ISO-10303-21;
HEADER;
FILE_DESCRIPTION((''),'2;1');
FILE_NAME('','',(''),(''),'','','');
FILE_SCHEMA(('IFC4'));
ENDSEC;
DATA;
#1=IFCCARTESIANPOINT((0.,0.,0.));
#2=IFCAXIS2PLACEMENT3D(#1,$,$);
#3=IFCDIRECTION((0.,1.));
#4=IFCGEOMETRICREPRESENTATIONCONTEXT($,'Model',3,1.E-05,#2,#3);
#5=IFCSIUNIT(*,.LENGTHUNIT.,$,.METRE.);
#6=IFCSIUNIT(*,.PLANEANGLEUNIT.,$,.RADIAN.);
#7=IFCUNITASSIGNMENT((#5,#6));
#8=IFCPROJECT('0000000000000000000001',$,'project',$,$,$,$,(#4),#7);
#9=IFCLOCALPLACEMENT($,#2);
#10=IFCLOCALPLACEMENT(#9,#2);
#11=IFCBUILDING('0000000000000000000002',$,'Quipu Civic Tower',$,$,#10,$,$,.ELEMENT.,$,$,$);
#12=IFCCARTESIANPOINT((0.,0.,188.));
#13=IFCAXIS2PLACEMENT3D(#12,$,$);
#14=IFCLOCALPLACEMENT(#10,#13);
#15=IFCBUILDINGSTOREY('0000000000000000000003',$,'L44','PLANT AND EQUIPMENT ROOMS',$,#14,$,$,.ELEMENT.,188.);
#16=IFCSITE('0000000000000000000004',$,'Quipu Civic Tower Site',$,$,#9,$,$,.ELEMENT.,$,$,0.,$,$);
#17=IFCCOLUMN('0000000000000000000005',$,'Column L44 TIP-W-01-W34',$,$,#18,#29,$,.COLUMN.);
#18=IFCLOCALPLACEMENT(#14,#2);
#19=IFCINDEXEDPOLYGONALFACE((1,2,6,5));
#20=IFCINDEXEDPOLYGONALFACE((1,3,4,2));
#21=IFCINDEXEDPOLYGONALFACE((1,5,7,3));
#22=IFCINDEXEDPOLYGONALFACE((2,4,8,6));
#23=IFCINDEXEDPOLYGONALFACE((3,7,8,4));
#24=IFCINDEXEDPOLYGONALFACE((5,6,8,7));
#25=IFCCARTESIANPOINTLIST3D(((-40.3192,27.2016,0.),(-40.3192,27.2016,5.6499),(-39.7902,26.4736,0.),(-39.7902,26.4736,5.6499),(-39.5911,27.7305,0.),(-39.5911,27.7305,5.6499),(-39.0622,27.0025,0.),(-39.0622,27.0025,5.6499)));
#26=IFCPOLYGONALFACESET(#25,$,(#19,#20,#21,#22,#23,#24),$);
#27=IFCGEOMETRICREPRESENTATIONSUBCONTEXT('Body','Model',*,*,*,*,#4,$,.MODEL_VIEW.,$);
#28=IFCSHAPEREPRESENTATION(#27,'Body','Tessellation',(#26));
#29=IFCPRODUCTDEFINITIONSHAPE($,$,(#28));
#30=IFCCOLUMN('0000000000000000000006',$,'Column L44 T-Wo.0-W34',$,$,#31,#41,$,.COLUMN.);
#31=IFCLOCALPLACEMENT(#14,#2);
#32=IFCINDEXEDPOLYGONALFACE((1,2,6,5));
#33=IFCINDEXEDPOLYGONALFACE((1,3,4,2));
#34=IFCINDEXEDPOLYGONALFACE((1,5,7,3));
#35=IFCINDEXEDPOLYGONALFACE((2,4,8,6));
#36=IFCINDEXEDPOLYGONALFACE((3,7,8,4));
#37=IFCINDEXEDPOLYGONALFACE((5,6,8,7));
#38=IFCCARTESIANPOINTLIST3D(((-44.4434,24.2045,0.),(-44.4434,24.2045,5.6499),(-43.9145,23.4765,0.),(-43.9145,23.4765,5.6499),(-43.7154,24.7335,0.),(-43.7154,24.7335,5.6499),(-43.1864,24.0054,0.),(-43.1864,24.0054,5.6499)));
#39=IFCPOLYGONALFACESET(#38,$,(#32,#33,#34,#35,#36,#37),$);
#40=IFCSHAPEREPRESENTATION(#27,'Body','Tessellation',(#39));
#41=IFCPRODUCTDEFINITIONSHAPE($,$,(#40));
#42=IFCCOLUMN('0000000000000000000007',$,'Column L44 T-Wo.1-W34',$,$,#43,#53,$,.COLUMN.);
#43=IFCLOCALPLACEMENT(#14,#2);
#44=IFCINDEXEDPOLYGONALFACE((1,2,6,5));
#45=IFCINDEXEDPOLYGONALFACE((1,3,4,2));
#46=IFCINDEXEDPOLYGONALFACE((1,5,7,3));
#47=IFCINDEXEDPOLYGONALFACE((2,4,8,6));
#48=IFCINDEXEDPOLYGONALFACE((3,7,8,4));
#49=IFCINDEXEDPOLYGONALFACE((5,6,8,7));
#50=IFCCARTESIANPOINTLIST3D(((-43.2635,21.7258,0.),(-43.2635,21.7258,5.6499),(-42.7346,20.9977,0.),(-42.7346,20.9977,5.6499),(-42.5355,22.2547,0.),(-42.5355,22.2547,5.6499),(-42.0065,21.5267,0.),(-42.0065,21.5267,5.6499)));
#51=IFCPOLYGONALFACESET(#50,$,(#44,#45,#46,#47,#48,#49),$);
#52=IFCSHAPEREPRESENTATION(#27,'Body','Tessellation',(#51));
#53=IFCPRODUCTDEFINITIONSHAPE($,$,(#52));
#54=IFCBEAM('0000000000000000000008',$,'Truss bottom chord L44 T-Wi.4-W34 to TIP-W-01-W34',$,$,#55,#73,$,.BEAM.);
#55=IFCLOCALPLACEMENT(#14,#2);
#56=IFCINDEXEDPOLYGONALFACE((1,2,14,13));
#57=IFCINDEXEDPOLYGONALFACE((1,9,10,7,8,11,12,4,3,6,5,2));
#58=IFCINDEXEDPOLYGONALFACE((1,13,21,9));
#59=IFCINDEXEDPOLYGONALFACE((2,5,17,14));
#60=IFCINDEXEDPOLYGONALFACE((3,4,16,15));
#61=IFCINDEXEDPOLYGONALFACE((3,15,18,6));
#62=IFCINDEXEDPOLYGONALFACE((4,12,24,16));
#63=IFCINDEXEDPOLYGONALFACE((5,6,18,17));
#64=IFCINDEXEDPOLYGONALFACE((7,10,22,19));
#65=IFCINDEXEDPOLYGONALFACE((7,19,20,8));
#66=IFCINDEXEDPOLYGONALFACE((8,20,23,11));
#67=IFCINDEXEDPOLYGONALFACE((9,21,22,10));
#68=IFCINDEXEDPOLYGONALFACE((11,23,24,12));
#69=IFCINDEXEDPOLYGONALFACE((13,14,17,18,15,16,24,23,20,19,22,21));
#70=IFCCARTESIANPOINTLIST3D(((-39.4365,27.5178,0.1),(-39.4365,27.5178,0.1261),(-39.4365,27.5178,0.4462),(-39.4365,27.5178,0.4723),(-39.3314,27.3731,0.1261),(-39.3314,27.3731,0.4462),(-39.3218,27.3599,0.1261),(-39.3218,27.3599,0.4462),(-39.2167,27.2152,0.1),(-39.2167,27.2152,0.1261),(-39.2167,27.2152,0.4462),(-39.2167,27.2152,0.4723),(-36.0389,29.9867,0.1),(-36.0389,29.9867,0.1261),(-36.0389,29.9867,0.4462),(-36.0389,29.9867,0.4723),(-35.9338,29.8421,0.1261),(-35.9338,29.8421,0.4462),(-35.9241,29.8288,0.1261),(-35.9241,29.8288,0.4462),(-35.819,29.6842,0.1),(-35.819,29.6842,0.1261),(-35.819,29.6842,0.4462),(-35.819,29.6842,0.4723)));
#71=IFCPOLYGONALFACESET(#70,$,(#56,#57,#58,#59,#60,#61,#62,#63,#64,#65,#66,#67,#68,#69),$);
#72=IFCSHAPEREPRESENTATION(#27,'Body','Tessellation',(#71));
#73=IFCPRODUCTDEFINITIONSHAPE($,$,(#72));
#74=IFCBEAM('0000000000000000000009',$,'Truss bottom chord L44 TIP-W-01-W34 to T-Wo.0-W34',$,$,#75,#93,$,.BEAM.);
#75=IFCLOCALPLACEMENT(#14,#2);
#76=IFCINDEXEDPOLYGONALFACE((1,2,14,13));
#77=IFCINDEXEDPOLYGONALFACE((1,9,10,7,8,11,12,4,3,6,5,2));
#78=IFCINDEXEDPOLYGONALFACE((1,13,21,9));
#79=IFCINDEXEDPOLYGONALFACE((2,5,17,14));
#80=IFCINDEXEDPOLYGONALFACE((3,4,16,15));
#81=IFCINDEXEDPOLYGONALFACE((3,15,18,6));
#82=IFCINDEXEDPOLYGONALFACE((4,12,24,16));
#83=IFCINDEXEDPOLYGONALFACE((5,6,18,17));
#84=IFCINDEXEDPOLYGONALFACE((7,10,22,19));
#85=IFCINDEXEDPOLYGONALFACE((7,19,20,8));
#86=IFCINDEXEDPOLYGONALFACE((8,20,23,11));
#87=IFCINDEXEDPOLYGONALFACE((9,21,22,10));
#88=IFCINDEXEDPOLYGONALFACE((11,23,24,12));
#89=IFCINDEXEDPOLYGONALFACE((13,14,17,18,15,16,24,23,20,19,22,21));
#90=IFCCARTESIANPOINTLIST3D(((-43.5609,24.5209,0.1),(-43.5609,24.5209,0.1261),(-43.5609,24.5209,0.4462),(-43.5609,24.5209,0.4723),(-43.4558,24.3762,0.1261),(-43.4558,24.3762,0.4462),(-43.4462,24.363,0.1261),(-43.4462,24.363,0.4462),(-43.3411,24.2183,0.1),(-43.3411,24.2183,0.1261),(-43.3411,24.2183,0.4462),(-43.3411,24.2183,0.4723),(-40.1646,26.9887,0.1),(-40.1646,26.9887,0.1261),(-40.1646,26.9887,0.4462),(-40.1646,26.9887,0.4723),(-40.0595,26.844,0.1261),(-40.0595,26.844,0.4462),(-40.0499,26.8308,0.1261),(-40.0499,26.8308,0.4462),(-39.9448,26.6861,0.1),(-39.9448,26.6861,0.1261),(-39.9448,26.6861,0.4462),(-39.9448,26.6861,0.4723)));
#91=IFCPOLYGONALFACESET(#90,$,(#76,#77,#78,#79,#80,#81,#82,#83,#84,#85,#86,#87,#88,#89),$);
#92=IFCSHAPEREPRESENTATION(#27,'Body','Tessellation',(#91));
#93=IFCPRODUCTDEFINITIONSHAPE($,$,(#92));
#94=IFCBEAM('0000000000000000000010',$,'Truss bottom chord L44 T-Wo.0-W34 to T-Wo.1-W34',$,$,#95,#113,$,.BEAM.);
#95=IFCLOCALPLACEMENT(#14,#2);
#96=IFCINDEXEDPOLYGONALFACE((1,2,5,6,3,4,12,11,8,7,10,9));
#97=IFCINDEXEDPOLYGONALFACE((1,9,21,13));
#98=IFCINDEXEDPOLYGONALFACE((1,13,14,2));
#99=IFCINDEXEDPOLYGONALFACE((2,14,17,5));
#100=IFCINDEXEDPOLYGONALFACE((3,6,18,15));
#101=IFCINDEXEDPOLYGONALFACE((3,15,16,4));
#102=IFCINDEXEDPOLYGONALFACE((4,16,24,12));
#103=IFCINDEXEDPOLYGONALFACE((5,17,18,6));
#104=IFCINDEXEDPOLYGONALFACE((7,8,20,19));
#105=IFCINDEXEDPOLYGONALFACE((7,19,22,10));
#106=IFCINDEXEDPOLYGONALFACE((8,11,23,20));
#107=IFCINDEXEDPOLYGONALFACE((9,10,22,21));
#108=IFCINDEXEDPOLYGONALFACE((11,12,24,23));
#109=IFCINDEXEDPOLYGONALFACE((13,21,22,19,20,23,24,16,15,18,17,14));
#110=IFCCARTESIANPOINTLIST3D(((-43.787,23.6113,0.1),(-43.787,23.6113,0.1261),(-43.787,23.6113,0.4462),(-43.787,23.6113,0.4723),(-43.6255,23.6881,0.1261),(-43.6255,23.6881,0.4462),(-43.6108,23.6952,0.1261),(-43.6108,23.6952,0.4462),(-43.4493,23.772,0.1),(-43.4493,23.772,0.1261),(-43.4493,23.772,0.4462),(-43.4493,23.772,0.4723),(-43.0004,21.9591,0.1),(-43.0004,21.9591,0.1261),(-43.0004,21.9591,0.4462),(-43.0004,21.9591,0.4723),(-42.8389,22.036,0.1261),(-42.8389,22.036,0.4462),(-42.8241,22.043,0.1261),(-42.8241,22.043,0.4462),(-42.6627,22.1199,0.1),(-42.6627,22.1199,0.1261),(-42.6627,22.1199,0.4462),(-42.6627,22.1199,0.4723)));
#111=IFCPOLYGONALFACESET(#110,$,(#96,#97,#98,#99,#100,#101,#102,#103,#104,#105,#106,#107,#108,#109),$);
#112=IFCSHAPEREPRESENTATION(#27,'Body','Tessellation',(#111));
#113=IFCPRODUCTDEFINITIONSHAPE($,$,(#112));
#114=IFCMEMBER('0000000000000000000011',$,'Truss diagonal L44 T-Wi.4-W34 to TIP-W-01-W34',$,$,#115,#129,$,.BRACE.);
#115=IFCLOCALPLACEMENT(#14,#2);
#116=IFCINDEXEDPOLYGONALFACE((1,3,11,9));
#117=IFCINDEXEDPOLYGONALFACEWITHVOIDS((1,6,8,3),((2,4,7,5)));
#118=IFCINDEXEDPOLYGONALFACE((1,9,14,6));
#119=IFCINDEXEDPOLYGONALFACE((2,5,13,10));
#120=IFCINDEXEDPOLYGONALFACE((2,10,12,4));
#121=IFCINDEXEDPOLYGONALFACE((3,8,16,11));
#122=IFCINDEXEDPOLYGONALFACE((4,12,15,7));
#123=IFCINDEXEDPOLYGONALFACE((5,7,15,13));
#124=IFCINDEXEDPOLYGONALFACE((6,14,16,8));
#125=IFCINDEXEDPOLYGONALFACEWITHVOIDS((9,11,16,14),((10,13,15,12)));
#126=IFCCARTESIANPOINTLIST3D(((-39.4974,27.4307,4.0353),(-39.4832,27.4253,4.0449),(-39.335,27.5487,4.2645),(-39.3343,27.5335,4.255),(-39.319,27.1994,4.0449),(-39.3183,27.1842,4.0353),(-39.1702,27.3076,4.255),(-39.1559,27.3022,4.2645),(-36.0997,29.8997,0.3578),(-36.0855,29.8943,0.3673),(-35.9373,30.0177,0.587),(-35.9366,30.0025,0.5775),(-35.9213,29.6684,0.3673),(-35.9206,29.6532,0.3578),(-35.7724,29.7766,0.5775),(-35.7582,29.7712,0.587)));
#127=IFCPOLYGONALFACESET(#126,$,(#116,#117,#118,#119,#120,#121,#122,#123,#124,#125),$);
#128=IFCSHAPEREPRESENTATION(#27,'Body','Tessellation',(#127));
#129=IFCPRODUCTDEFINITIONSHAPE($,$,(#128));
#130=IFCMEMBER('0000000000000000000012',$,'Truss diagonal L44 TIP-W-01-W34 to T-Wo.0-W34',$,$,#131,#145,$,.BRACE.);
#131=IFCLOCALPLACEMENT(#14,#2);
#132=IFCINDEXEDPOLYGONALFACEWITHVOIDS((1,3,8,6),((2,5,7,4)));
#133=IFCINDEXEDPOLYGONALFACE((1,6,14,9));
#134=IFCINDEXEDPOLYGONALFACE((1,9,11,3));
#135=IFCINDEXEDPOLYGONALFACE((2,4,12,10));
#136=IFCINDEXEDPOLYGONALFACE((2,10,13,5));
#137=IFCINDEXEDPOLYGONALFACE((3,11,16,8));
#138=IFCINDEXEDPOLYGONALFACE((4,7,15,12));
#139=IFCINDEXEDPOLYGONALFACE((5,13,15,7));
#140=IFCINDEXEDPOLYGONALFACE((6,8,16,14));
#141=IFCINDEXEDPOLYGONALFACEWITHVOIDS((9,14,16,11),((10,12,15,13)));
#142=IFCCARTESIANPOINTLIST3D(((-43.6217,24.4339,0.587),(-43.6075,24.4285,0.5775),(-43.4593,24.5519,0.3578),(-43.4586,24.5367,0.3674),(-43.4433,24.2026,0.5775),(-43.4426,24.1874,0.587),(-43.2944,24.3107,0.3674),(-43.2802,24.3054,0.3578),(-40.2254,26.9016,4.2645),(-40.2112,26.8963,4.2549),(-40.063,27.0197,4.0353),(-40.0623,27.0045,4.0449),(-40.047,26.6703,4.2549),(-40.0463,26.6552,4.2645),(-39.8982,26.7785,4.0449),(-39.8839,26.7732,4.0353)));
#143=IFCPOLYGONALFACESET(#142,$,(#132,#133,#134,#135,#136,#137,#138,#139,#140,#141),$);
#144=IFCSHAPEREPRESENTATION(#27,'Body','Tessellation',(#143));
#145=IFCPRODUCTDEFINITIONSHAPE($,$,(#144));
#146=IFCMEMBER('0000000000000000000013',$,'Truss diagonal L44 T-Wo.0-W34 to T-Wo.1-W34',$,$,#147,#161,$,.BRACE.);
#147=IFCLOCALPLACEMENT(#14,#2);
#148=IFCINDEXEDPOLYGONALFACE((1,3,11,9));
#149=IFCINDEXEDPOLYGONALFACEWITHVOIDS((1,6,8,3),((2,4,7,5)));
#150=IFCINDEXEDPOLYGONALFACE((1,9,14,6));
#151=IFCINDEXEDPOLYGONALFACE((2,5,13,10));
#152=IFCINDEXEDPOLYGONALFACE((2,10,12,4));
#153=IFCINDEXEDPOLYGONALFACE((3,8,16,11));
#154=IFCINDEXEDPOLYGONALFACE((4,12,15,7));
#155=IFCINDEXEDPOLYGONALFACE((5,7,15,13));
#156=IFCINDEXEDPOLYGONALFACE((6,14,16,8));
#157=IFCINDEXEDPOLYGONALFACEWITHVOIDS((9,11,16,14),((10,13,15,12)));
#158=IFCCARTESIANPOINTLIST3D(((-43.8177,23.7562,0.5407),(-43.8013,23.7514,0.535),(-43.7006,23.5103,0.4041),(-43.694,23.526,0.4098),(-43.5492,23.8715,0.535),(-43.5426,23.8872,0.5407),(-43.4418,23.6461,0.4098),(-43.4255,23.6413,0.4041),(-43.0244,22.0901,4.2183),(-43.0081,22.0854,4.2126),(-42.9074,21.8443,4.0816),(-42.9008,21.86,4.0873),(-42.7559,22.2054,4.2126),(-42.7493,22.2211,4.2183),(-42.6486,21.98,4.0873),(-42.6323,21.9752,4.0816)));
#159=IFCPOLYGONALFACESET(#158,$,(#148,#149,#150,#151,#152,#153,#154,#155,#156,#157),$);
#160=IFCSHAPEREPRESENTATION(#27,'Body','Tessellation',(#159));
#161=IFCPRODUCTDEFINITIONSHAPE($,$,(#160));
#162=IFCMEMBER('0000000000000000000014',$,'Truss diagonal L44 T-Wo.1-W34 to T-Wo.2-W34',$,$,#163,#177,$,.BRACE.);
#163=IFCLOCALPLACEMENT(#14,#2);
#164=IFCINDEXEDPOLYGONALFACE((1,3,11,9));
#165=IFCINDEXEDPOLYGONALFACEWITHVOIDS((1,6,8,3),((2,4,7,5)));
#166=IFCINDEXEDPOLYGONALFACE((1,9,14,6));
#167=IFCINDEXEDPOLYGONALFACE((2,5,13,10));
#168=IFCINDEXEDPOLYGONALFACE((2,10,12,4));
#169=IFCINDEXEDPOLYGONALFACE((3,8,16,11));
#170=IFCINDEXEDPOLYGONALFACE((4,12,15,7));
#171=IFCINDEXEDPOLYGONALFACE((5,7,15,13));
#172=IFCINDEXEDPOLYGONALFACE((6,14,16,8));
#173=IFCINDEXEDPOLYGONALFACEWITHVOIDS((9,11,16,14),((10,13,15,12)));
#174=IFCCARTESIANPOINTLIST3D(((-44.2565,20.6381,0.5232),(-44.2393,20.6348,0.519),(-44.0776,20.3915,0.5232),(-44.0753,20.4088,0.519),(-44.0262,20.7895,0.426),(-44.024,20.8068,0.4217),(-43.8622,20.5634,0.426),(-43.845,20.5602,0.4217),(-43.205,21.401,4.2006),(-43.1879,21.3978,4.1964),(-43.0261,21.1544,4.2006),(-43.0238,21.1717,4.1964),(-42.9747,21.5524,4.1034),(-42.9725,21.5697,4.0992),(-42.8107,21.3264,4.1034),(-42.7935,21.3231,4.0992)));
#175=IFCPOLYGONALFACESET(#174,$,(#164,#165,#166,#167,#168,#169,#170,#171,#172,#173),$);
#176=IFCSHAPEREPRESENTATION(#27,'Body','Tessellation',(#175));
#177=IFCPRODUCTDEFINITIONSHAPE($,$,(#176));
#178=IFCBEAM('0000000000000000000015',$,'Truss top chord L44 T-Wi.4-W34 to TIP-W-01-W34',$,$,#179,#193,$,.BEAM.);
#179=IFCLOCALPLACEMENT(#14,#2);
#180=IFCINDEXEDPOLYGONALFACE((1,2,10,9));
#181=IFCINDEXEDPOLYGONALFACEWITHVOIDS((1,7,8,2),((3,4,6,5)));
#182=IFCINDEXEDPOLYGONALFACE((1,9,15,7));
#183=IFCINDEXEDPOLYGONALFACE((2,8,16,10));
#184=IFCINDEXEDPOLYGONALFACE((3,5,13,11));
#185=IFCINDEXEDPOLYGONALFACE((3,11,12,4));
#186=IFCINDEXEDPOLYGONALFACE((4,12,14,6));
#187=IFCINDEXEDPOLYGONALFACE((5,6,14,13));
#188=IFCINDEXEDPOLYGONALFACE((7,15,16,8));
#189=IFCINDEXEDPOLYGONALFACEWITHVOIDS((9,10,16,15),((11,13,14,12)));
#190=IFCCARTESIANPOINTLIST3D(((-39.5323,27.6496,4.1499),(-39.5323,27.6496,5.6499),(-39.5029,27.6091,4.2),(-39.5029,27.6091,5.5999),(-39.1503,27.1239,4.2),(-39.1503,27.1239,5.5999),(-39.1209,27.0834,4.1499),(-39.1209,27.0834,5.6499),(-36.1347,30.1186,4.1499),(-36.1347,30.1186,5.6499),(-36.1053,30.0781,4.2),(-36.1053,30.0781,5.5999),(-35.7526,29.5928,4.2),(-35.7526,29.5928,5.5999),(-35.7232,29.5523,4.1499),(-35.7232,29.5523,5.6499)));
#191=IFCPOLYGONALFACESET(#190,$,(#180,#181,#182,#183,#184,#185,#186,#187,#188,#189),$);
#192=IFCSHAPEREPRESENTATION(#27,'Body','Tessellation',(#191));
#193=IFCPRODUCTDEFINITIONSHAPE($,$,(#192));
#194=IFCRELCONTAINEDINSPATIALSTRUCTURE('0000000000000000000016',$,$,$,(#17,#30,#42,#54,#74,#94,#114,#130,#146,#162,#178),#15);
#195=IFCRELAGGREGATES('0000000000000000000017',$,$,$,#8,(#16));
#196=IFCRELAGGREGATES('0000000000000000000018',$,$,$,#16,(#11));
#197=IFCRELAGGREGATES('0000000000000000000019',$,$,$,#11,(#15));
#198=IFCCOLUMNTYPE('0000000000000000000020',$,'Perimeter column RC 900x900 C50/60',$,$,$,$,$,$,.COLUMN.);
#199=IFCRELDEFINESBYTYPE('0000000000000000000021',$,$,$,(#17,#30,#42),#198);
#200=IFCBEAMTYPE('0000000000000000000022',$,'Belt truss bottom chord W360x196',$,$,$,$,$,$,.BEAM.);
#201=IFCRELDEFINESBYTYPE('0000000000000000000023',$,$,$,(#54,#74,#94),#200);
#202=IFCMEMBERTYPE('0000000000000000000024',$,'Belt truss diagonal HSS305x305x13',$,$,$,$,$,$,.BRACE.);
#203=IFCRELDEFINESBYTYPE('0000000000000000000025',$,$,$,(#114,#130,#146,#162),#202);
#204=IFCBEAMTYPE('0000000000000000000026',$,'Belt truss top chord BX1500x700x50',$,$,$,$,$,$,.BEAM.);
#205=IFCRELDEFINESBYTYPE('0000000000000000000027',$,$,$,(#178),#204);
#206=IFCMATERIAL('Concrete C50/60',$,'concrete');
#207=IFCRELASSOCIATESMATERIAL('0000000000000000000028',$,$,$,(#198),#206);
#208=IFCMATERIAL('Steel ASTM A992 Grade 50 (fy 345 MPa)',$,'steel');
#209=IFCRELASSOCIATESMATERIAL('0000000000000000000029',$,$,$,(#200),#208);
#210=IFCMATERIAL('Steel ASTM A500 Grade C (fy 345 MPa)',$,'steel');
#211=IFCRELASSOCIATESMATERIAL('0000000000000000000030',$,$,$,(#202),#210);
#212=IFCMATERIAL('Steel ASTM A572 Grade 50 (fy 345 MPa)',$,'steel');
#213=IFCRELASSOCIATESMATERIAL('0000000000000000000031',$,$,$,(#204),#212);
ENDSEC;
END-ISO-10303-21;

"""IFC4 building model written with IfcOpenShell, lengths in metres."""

from ifc_helpers import new_model, si_unit, direction, frame, origin, origin_2d, place, context, subcontext, project, spatial, rectangle, hollow_rectangle, i_section, extrude, material, material_profile, profile_set, type_object, element, save


model = new_model("IFC4")

# Units and contexts
model_context = context("Model", 3, precision=1e-05, world=origin(), true_north=direction((0.0, 1.0)))
body_context = subcontext(model_context, "Body", "Model", "MODEL_VIEW")
ifc_project = project(units=[si_unit("LENGTHUNIT", "METRE"), si_unit("PLANEANGLEUNIT", "RADIAN")], contexts=[model_context])

# Site, building, storey
site_placement = place(None, origin())
site = spatial("IfcSite", under=ifc_project, at=site_placement, Name="Quipu Civic Tower Site", CompositionType="ELEMENT", RefElevation=0.0)
building_placement = place(site_placement, origin())
building = spatial("IfcBuilding", under=site, at=building_placement, Name="Quipu Civic Tower", CompositionType="ELEMENT")
storey_placement = place(building_placement, frame((0.0, 0.0, 188.0)))
storey = spatial("IfcBuildingStorey", under=building, at=storey_placement, Name="L44", Description="PLANT AND EQUIPMENT ROOMS", CompositionType="ELEMENT", Elevation=188.0)

# Columns
ifc_material_1 = material(Name="Concrete C50/60", Category="concrete")
ifc_material_profile_1 = material_profile(ifc_material_1, rectangle(XDim=0.8999, YDim=0.8999, at=origin_2d()), Name="RC900x900")
ifc_profile_set_1 = profile_set([ifc_material_profile_1], Name="Concrete C50/60")
column_type = type_object("IfcColumnType", Name="Perimeter column RC 900x900 C50/60", PredefinedType="COLUMN", material=ifc_profile_set_1)
for number, where, z_axis, x_axis, name in (
    (1, (-39.6907, 27.1021, 0.0), (0.0, 0.0, 1.0), (-0.809017, -0.587785, 0.0), "Column L44 TIP-W-01-W34"),
    (2, (-43.8149, 24.105, 0.0), (0.0, 0.0, 1.0), (-0.809017, -0.587785, 0.0), "Column L44 T-Wo.0-W34"),
    (3, (-42.635, 21.6262, 0.0), (0.0, 0.0, 1.0), (-0.809017, -0.587785, 0.0), "Column L44 T-Wo.1-W34"),
):
    element("IfcColumn", number, at=place(storey_placement, frame(where, z_axis=z_axis, x_axis=x_axis)), inside=storey, type_object=column_type, Name=name, PredefinedType="COLUMN", context=body_context, shape_type="SweptSolid", body=[
        extrude(rectangle(XDim=0.8999, YDim=0.8999, at=origin_2d()), origin(), (0.0, 0.0, 1.0), 5.6499),
    ])

# Beams
ifc_material_2 = material(Name="Steel ASTM A992 Grade 50 (fy 345 MPa)", Category="steel")
ifc_material_profile_2 = material_profile(ifc_material_2, i_section(OverallWidth=0.374, OverallDepth=0.3723, WebThickness=0.0164, FlangeThickness=0.0261, at=origin_2d()), Name="W360x196")
ifc_profile_set_2 = profile_set([ifc_material_profile_2], Name="Steel ASTM A992 Grade 50 (fy 345 MPa)")
beam_type_1 = type_object("IfcBeamType", Name="Belt truss bottom chord W360x196", PredefinedType="BEAM", material=ifc_profile_set_2)
beam_1_placement = place(storey_placement, frame((-35.929, 29.8354, 0.2861), z_axis=(-0.80897, -0.58785, 0.0), x_axis=(0.58785, -0.80897, 0.0)))
element("IfcBeam", 4, at=beam_1_placement, inside=storey, type_object=beam_type_1, Name="Truss bottom chord L44 T-Wi.4-W34 to TIP-W-01-W34", PredefinedType="BEAM", context=body_context, shape_type="SweptSolid", body=[
    extrude(i_section(OverallWidth=0.374, OverallDepth=0.3723, WebThickness=0.0164, FlangeThickness=0.0261, at=origin_2d()), origin(), (0.0, 0.0, 1.0), 4.2),
])
beam_2_placement = place(storey_placement, frame((-40.0547, 26.8374, 0.2861), z_axis=(-0.808987, -0.587826, 0.0), x_axis=(0.587826, -0.808987, 0.0)))
element("IfcBeam", 5, at=beam_2_placement, inside=storey, type_object=beam_type_1, Name="Truss bottom chord L44 TIP-W-01-W34 to T-Wo.0-W34", PredefinedType="BEAM", context=body_context, shape_type="SweptSolid", body=[
    extrude(i_section(OverallWidth=0.374, OverallDepth=0.3723, WebThickness=0.0164, FlangeThickness=0.0261, at=origin_2d()), origin(), (0.0, 0.0, 1.0), 4.1982),
])
beam_3_placement = place(storey_placement, frame((-43.6182, 23.6917, 0.2861), z_axis=(0.429892, -0.90288, 0.0), x_axis=(0.90288, 0.429892, 0.0)))
element("IfcBeam", 6, at=beam_3_placement, inside=storey, type_object=beam_type_1, Name="Truss bottom chord L44 T-Wo.0-W34 to T-Wo.1-W34", PredefinedType="BEAM", context=body_context, shape_type="SweptSolid", body=[
    extrude(i_section(OverallWidth=0.374, OverallDepth=0.3723, WebThickness=0.0164, FlangeThickness=0.0261, at=origin_2d()), origin(), (0.0, 0.0, 1.0), 1.8298),
])

# Members
ifc_material_3 = material(Name="Steel ASTM A500 Grade C (fy 345 MPa)", Category="steel")
ifc_material_profile_3 = material_profile(ifc_material_3, hollow_rectangle(XDim=0.3047, YDim=0.3047, WallThickness=0.0127, at=origin_2d()), Name="HSS305x305x13")
ifc_profile_set_3 = profile_set([ifc_material_profile_3], Name="Steel ASTM A500 Grade C (fy 345 MPa)")
member_type = type_object("IfcMemberType", Name="Belt truss diagonal HSS305x305x13", PredefinedType="BRACE", material=ifc_profile_set_3)
member_1_placement = place(storey_placement, frame((-35.929, 29.8354, 0.4724), z_axis=(-0.608635, -0.442274, 0.658754), x_axis=(0.58785, -0.80897, 0.0)))
element("IfcMember", 7, at=member_1_placement, inside=storey, type_object=member_type, Name="Truss diagonal L44 T-Wi.4-W34 to TIP-W-01-W34", PredefinedType="BRACE", context=body_context, shape_type="SweptSolid", body=[
    extrude(hollow_rectangle(XDim=0.3047, YDim=0.3047, WallThickness=0.0127, at=origin_2d()), origin(), (0.0, 0.0, 1.0), 5.5825),
])
member_2_placement = place(storey_placement, frame((-40.0547, 26.8374, 4.1499), z_axis=(-0.608529, -0.442169, -0.658923), x_axis=(0.587826, -0.808987, 0.0)))
element("IfcMember", 8, at=member_2_placement, inside=storey, type_object=member_type, Name="Truss diagonal L44 TIP-W-01-W34 to T-Wo.0-W34", PredefinedType="BRACE", context=body_context, shape_type="SweptSolid", body=[
    extrude(hollow_rectangle(XDim=0.3047, YDim=0.3047, WallThickness=0.0127, at=origin_2d()), origin(), (0.0, 0.0, 1.0), 5.5811),
])
member_3_placement = place(storey_placement, frame((-43.6216, 23.6987, 0.4724), z_axis=(0.192787, -0.404918, 0.893798), x_axis=(0.902887, 0.429877, 0.0)))
element("IfcMember", 9, at=member_3_placement, inside=storey, type_object=member_type, Name="Truss diagonal L44 T-Wo.0-W34 to T-Wo.1-W34", PredefinedType="BRACE", context=body_context, shape_type="SweptSolid", body=[
    extrude(hollow_rectangle(XDim=0.3047, YDim=0.3047, WallThickness=0.0127, at=origin_2d()), origin(), (0.0, 0.0, 1.0), 4.1145),
])
member_4_placement = place(storey_placement, frame((-42.9993, 21.3621, 4.1499), z_axis=(-0.269604, -0.195615, -0.942894), x_axis=(0.587266, -0.809394, 0.0)))
element("IfcMember", 10, at=member_4_placement, inside=storey, type_object=member_type, Name="Truss diagonal L44 T-Wo.1-W34 to T-Wo.2-W34", PredefinedType="BRACE", context=body_context, shape_type="SweptSolid", body=[
    extrude(hollow_rectangle(XDim=0.3047, YDim=0.3047, WallThickness=0.0127, at=origin_2d()), origin(), (0.0, 0.0, 1.0), 3.9001),
])

# Beam
ifc_material_4 = material(Name="Steel ASTM A572 Grade 50 (fy 345 MPa)", Category="steel")
ifc_material_profile_4 = material_profile(ifc_material_4, hollow_rectangle(XDim=0.7, YDim=1.5, WallThickness=0.05, at=origin_2d()), Name="BX1500x700x50")
ifc_profile_set_4 = profile_set([ifc_material_profile_4], Name="Steel ASTM A572 Grade 50 (fy 345 MPa)")
beam_type_2 = type_object("IfcBeamType", Name="Belt truss top chord BX1500x700x50", PredefinedType="BEAM", material=ifc_profile_set_4)
beam_4_placement = place(storey_placement, frame((-35.929, 29.8354, 4.8999), z_axis=(-0.80897, -0.58785, 0.0), x_axis=(0.58785, -0.80897, 0.0)))
element("IfcBeam", 11, at=beam_4_placement, inside=storey, type_object=beam_type_2, Name="Truss top chord L44 T-Wi.4-W34 to TIP-W-01-W34", PredefinedType="BEAM", context=body_context, shape_type="SweptSolid", body=[
    extrude(hollow_rectangle(XDim=0.7, YDim=1.5, WallThickness=0.05, at=origin_2d()), origin(), (0.0, 0.0, 1.0), 4.2),
])

save(model, "model.ifc")
